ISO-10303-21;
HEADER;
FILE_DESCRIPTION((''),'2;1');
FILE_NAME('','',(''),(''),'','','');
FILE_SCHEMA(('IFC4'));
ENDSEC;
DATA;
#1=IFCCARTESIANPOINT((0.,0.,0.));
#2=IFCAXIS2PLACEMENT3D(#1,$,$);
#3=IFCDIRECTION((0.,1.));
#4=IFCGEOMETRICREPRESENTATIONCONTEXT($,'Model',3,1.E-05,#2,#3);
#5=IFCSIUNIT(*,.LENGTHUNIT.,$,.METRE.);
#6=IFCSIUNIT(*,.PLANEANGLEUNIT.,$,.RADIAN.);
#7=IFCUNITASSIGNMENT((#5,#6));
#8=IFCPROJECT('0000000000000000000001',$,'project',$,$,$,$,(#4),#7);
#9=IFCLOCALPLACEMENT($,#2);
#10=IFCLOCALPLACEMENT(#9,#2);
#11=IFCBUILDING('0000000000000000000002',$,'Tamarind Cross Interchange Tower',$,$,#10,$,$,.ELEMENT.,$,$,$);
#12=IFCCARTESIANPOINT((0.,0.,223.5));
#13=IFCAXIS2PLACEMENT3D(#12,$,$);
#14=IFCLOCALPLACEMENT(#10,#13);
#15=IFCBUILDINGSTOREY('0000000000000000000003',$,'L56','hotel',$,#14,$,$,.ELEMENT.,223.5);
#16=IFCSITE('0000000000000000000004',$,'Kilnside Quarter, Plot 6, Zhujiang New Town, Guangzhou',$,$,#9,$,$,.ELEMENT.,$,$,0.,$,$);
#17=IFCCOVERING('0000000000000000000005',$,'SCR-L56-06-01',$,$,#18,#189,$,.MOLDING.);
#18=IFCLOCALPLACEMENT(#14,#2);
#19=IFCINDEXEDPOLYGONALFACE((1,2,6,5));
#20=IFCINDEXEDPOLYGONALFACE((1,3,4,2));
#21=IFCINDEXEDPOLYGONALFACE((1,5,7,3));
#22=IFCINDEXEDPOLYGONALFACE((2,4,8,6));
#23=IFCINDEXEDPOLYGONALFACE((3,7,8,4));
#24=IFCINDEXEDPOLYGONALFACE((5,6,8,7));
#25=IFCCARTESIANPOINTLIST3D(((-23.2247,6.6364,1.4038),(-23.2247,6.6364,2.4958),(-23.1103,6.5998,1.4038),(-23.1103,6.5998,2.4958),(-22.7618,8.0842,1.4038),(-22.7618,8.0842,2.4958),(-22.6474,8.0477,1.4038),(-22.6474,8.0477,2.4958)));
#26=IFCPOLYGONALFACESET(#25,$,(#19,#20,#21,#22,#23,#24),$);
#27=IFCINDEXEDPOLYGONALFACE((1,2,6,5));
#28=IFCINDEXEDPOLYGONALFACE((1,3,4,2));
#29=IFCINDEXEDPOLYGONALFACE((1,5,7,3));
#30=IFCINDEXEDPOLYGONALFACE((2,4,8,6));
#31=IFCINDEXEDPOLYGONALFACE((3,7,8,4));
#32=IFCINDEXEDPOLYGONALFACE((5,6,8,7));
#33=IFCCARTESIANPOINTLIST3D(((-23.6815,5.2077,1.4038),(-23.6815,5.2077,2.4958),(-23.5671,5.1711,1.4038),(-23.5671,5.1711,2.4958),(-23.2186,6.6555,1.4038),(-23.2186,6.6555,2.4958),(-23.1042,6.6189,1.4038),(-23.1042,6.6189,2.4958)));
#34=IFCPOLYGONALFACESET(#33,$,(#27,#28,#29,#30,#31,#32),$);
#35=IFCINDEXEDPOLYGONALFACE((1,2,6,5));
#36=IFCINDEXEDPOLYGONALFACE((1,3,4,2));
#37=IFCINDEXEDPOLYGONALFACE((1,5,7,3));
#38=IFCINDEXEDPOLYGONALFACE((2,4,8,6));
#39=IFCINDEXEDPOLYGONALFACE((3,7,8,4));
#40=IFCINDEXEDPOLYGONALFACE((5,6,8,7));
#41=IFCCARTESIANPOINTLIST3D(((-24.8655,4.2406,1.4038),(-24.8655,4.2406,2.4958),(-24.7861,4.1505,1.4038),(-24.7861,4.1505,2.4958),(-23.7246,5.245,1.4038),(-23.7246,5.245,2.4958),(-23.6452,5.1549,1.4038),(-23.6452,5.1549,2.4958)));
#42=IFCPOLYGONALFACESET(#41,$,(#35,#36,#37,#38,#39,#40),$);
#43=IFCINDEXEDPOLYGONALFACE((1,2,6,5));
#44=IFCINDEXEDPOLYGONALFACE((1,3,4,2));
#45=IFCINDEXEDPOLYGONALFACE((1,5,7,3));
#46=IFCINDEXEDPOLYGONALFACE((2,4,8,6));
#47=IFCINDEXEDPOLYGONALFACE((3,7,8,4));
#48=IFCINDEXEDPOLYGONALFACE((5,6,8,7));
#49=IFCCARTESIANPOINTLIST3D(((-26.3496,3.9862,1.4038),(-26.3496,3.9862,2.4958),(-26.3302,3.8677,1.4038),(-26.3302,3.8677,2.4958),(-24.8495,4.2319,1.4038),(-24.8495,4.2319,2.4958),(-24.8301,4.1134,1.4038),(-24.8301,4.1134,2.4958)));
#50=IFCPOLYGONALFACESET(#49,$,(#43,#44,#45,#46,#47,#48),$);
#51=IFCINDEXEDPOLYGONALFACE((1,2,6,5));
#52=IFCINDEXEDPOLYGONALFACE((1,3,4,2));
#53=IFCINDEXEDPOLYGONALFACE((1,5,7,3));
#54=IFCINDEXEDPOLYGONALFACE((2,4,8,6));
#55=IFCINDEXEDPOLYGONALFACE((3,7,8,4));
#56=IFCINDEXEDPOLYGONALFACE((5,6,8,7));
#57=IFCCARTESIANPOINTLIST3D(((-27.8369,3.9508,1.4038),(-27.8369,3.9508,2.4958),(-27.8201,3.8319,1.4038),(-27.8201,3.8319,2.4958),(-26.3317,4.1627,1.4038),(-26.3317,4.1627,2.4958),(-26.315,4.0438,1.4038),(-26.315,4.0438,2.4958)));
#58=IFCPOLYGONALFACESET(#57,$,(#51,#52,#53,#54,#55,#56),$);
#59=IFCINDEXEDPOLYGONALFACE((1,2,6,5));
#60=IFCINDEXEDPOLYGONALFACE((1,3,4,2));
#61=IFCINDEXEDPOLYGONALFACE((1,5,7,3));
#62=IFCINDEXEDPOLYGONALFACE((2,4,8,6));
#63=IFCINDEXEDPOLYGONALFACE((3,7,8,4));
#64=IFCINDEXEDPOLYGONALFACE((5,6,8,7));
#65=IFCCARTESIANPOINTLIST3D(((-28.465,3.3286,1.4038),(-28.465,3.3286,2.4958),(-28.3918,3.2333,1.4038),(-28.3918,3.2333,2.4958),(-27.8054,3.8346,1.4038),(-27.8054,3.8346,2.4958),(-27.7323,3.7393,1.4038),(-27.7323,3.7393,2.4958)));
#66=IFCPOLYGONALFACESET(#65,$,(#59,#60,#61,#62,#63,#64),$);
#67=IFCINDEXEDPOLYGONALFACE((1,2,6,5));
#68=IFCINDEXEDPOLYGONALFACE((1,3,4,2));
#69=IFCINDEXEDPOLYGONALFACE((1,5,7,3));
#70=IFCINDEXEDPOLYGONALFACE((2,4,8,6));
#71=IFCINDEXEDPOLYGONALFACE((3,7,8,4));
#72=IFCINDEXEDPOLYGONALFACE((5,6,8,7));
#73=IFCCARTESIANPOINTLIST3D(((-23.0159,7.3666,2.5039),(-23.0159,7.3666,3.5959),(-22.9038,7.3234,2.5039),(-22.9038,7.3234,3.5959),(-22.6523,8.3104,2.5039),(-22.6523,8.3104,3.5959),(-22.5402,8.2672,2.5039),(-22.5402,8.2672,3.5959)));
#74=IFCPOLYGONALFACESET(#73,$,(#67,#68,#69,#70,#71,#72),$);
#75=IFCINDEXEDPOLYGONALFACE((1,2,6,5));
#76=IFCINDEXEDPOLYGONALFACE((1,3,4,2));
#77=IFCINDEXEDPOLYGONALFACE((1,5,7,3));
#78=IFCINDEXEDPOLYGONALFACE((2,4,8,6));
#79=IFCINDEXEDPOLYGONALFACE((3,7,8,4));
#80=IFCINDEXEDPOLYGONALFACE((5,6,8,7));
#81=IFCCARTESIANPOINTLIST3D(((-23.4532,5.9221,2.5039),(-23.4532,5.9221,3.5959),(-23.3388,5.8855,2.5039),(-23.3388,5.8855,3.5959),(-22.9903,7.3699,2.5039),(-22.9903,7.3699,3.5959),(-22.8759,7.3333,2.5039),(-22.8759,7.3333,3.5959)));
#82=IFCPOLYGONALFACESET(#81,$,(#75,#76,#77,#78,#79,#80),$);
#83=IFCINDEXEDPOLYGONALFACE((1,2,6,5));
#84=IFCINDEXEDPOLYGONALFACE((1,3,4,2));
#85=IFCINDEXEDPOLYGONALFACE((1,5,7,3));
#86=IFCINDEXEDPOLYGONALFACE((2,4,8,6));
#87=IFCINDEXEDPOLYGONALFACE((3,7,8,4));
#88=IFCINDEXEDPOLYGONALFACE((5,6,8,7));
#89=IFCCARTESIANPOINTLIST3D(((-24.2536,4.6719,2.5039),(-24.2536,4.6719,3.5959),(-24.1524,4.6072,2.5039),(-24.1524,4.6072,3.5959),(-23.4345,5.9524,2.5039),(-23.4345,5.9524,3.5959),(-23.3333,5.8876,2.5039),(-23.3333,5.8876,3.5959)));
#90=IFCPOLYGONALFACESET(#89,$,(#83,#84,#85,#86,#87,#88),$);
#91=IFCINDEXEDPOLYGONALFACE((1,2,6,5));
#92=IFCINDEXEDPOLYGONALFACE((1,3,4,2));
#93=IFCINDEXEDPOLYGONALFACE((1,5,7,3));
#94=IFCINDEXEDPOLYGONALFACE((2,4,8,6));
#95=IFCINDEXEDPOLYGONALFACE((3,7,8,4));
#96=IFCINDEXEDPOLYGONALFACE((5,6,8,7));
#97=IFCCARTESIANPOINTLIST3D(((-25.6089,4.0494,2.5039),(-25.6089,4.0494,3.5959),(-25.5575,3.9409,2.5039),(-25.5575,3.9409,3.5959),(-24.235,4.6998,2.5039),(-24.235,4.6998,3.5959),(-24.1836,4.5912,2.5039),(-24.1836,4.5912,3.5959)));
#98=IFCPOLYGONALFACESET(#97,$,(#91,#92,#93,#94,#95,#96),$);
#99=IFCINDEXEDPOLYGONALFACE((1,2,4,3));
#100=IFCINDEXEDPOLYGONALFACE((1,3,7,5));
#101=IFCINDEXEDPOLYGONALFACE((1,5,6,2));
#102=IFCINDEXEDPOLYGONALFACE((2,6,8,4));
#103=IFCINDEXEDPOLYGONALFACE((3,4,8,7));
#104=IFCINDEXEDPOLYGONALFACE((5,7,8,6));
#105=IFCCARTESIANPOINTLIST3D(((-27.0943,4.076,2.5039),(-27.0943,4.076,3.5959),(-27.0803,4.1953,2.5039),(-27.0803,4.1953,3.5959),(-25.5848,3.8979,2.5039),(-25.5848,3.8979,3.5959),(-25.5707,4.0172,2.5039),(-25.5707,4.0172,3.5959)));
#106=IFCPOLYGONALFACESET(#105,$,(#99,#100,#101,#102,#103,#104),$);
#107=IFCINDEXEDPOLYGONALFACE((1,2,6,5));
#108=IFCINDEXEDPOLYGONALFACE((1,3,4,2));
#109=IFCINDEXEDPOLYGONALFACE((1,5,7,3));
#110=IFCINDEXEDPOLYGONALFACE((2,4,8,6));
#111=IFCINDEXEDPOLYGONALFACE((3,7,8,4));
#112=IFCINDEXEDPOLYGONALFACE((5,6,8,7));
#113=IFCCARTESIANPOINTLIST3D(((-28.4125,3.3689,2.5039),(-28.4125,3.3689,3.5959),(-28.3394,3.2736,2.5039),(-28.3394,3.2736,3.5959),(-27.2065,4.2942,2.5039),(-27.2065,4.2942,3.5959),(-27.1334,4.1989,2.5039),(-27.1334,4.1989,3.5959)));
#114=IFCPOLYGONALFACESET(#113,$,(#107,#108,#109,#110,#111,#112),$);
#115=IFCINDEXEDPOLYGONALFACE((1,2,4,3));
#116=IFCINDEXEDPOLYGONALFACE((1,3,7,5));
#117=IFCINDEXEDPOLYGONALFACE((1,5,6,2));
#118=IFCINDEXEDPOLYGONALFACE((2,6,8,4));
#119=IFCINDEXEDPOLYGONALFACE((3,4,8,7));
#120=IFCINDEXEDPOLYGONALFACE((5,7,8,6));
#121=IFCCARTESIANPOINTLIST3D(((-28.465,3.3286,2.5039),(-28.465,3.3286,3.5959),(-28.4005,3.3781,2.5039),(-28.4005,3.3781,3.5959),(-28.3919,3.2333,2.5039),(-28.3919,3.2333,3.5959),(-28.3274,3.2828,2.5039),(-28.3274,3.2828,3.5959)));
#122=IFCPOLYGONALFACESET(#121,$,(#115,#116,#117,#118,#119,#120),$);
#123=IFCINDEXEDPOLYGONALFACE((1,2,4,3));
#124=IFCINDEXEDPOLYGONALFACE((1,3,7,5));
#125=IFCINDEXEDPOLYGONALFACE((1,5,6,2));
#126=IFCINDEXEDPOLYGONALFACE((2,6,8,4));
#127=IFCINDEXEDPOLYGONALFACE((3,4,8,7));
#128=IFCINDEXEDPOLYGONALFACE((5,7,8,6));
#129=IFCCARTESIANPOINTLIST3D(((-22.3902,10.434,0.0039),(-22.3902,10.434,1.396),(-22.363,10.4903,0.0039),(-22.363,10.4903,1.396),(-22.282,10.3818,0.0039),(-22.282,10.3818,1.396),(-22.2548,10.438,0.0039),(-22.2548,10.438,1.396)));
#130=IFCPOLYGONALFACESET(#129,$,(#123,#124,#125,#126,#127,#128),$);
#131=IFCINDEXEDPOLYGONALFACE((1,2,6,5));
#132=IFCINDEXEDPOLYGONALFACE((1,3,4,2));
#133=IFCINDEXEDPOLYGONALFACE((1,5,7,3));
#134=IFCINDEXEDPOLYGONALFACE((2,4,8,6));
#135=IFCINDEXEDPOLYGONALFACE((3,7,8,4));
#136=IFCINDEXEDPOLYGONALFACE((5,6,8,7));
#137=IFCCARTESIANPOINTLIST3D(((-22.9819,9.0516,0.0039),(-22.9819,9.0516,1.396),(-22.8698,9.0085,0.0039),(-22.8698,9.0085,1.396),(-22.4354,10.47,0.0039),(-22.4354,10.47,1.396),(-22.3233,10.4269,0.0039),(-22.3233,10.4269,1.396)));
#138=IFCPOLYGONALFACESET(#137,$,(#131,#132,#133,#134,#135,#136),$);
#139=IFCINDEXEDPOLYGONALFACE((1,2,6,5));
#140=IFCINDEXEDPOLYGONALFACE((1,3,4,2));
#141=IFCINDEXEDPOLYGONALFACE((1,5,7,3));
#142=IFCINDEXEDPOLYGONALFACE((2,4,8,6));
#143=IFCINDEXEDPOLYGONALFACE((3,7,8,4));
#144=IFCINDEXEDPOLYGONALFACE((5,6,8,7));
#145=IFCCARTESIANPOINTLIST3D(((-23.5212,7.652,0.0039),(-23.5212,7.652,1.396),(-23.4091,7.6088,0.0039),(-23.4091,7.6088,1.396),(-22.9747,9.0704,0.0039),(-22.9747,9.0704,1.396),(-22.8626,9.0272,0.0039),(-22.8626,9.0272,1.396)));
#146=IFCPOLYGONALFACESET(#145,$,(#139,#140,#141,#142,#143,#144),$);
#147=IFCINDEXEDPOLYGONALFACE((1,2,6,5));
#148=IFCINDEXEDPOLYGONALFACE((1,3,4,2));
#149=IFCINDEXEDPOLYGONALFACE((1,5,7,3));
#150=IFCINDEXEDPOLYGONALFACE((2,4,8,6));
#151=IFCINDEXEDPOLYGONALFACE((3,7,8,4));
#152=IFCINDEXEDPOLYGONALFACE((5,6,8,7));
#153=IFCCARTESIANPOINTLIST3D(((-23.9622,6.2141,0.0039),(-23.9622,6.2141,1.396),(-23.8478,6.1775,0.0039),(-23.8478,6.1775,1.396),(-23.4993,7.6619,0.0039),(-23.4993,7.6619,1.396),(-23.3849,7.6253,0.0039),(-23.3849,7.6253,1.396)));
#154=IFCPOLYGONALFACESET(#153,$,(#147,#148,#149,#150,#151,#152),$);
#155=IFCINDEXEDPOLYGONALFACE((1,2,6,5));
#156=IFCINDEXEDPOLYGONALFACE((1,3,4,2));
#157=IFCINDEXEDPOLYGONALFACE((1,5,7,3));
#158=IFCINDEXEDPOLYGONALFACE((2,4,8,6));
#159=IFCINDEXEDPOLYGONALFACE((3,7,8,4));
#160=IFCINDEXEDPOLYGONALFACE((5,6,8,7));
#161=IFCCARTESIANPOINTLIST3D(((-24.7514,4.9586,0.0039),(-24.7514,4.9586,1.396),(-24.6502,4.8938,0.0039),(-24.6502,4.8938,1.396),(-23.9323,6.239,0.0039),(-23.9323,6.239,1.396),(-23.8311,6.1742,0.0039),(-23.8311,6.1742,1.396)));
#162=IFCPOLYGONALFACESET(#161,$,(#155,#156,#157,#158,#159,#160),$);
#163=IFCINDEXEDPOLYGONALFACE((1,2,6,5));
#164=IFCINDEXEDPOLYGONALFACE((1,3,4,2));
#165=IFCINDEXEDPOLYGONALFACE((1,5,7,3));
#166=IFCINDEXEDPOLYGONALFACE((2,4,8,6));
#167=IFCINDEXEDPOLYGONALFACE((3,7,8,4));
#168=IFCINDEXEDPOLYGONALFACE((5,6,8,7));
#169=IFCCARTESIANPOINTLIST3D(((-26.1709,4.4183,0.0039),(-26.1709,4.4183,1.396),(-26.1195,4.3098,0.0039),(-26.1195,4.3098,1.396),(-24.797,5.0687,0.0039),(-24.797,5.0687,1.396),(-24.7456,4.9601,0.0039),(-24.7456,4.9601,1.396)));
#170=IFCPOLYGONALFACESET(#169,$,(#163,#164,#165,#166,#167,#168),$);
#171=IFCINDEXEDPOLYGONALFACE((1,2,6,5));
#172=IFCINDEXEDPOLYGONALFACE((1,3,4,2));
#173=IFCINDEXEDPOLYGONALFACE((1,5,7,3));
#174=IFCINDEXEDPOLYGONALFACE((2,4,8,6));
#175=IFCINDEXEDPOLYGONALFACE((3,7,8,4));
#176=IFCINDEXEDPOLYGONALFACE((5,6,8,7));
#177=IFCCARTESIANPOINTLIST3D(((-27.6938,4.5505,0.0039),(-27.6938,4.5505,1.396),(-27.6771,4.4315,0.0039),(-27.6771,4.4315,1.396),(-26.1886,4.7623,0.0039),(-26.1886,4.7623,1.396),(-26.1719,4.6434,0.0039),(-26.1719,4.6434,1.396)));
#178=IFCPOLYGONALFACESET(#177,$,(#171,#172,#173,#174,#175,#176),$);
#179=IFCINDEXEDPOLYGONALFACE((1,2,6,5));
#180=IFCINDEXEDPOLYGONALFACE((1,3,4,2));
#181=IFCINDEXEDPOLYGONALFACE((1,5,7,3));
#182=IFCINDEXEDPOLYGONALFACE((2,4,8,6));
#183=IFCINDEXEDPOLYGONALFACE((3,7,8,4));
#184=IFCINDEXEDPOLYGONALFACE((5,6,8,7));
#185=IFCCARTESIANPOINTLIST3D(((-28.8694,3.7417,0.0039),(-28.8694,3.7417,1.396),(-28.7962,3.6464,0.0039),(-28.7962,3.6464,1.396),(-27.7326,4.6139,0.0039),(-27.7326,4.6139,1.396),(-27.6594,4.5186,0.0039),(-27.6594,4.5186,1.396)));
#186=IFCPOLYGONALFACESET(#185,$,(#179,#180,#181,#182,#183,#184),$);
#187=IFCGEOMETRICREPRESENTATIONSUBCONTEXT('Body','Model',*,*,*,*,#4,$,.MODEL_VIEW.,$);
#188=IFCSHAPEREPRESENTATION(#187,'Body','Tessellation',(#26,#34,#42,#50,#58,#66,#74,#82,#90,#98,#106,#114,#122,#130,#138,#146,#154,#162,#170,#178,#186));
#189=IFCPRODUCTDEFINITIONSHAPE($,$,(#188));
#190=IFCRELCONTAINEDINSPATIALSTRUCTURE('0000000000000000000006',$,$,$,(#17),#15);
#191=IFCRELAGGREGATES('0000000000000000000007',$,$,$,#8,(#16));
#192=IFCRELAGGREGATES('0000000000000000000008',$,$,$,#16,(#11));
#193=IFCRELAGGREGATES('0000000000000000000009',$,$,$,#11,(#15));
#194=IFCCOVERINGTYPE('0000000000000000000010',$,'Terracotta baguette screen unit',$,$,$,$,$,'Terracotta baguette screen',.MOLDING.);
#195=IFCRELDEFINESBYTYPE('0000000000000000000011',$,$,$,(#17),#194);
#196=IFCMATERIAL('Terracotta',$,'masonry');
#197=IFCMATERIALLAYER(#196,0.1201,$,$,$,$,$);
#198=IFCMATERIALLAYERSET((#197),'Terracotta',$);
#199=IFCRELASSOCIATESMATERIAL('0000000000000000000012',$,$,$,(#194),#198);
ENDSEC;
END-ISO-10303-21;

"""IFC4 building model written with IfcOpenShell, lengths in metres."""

from ifc_helpers import new_model, si_unit, direction, frame, origin, origin_2d, place, context, subcontext, project, spatial, rectangle, extrude, material, layer, layer_set, type_object, element, save


model = new_model("IFC4")

# Units and contexts
model_context = context("Model", 3, precision=1e-05, world=origin(), true_north=direction((0.0, 1.0)))
body_context = subcontext(model_context, "Body", "Model", "MODEL_VIEW")
ifc_project = project(units=[si_unit("LENGTHUNIT", "METRE"), si_unit("PLANEANGLEUNIT", "RADIAN")], contexts=[model_context])

# Site, building, storey
site_placement = place(None, origin())
site = spatial("IfcSite", under=ifc_project, at=site_placement, Name="Kilnside Quarter, Plot 6, Zhujiang New Town, Guangzhou", CompositionType="ELEMENT", RefElevation=0.0)
building_placement = place(site_placement, origin())
building = spatial("IfcBuilding", under=site, at=building_placement, Name="Tamarind Cross Interchange Tower", CompositionType="ELEMENT")
storey_placement = place(building_placement, frame((0.0, 0.0, 223.5)))
storey = spatial("IfcBuildingStorey", under=building, at=storey_placement, Name="L56", Description="hotel", CompositionType="ELEMENT", Elevation=223.5)

# Covering
ifc_material_1 = material(Name="Terracotta", Category="masonry")
ifc_layer_1 = layer(ifc_material_1, 0.1201)
ifc_layer_set_1 = layer_set([ifc_layer_1], Name="Terracotta")
covering_type = type_object("IfcCoveringType", Name="Terracotta baguette screen unit", ElementType="Terracotta baguette screen", PredefinedType="MOLDING", material=ifc_layer_set_1)
covering_1_placement = place(storey_placement, origin())
element("IfcCovering", 1, at=covering_1_placement, inside=storey, type_object=covering_type, Name="SCR-L56-06-01", PredefinedType="MOLDING", context=body_context, shape_type="SweptSolid", body=[
    extrude(rectangle(XDim=1.52, YDim=0.1201, at=origin_2d()), frame((-22.936, 7.342, 1.4038), z_axis=(0.0, 0.0, 1.0), x_axis=(-0.304538, -0.9525, 0.0)), (0.0, 0.0, 1.0), 1.092),
    extrude(rectangle(XDim=1.52, YDim=0.1201, at=origin_2d()), frame((-23.3928, 5.9133, 1.4038), z_axis=(0.0, 0.0, 1.0), x_axis=(-0.304538, -0.9525, 0.0)), (0.0, 0.0, 1.0), 1.092),
    extrude(rectangle(XDim=1.52, YDim=0.1201, at=origin_2d()), frame((-24.2554, 4.6978, 1.4038), z_axis=(0.0, 0.0, 1.0), x_axis=(-0.750564, -0.660797, 0.0)), (0.0, 0.0, 1.0), 1.092),
    extrude(rectangle(XDim=1.52, YDim=0.1201, at=origin_2d()), frame((-25.5898, 4.0498, 1.4038), z_axis=(0.0, 0.0, 1.0), x_axis=(-0.986855, -0.16161, 0.0)), (0.0, 0.0, 1.0), 1.092),
    extrude(rectangle(XDim=1.52, YDim=0.1201, at=origin_2d()), frame((-27.0759, 3.9973, 1.4038), z_axis=(0.0, 0.0, 1.0), x_axis=(-0.990237, -0.139391, 0.0)), (0.0, 0.0, 1.0), 1.092),
    extrude(rectangle(XDim=0.8313, YDim=0.1201, at=origin_2d()), frame((-28.0986, 3.5339, 1.4038), z_axis=(0.0, 0.0, 1.0), x_axis=(-0.793379, -0.608727, 0.0)), (0.0, 0.0, 1.0), 1.092),
    extrude(rectangle(XDim=1.0115, YDim=0.1201, at=origin_2d()), frame((-22.7781, 7.8169, 2.5039), z_axis=(0.0, 0.0, 1.0), x_axis=(-0.359495, -0.933147, 0.0)), (0.0, 0.0, 1.0), 1.092),
    extrude(rectangle(XDim=1.52, YDim=0.1201, at=origin_2d()), frame((-23.1646, 6.6277, 2.5039), z_axis=(0.0, 0.0, 1.0), x_axis=(-0.304538, -0.9525, 0.0)), (0.0, 0.0, 1.0), 1.092),
    extrude(rectangle(XDim=1.52, YDim=0.1201, at=origin_2d()), frame((-23.7935, 5.2798, 2.5039), z_axis=(0.0, 0.0, 1.0), x_axis=(-0.538905, -0.842367, 0.0)), (0.0, 0.0, 1.0), 1.092),
    extrude(rectangle(XDim=1.52, YDim=0.1201, at=origin_2d()), frame((-24.8962, 4.3203, 2.5039), z_axis=(0.0, 0.0, 1.0), x_axis=(-0.903855, -0.427839, 0.0)), (0.0, 0.0, 1.0), 1.092),
    extrude(rectangle(XDim=1.52, YDim=0.1201, at=origin_2d()), frame((-26.3325, 4.0466, 2.5039), z_axis=(0.0, 0.0, 1.0), x_axis=(-0.99311, 0.117188, 0.0)), (0.0, 0.0, 1.0), 1.092),
    extrude(rectangle(XDim=1.52, YDim=0.1201, at=origin_2d()), frame((-27.7729, 3.7839, 2.5039), z_axis=(0.0, 0.0, 1.0), x_axis=(-0.793379, -0.608727, 0.0)), (0.0, 0.0, 1.0), 1.092),
    extrude(rectangle(XDim=0.0813, YDim=0.1201, at=origin_2d()), frame((-28.3962, 3.3057, 2.5039), z_axis=(0.0, 0.0, 1.0), x_axis=(-0.793379, -0.608727, 0.0)), (0.0, 0.0, 1.0), 1.092),
    extrude(rectangle(XDim=0.0625, YDim=0.1201, at=origin_2d()), frame((-22.3225, 10.436, 0.0039), z_axis=(0.0, 0.0, 1.0), x_axis=(-0.435326, -0.900273, 0.0)), (0.0, 0.0, 1.0), 1.3921),
    extrude(rectangle(XDim=1.52, YDim=0.1201, at=origin_2d()), frame((-22.6526, 9.7393, 0.0039), z_axis=(0.0, 0.0, 1.0), x_axis=(-0.359495, -0.933147, 0.0)), (0.0, 0.0, 1.0), 1.3921),
    extrude(rectangle(XDim=1.52, YDim=0.1201, at=origin_2d()), frame((-23.1919, 8.3396, 0.0039), z_axis=(0.0, 0.0, 1.0), x_axis=(-0.359495, -0.933147, 0.0)), (0.0, 0.0, 1.0), 1.3921),
    extrude(rectangle(XDim=1.52, YDim=0.1201, at=origin_2d()), frame((-23.6736, 6.9197, 0.0039), z_axis=(0.0, 0.0, 1.0), x_axis=(-0.304538, -0.9525, 0.0)), (0.0, 0.0, 1.0), 1.3921),
    extrude(rectangle(XDim=1.52, YDim=0.1201, at=origin_2d()), frame((-24.2913, 5.5664, 0.0039), z_axis=(0.0, 0.0, 1.0), x_axis=(-0.538905, -0.842367, 0.0)), (0.0, 0.0, 1.0), 1.3921),
    extrude(rectangle(XDim=1.52, YDim=0.1201, at=origin_2d()), frame((-25.4583, 4.6892, 0.0039), z_axis=(0.0, 0.0, 1.0), x_axis=(-0.903855, -0.427839, 0.0)), (0.0, 0.0, 1.0), 1.3921),
    extrude(rectangle(XDim=1.52, YDim=0.1201, at=origin_2d()), frame((-26.9329, 4.5969, 0.0039), z_axis=(0.0, 0.0, 1.0), x_axis=(-0.990237, -0.139391, 0.0)), (0.0, 0.0, 1.0), 1.3921),
    extrude(rectangle(XDim=1.4329, YDim=0.1201, at=origin_2d()), frame((-28.2644, 4.1301, 0.0039), z_axis=(0.0, 0.0, 1.0), x_axis=(-0.793379, -0.608727, 0.0)), (0.0, 0.0, 1.0), 1.3921),
])

save(model, "model.ifc")
